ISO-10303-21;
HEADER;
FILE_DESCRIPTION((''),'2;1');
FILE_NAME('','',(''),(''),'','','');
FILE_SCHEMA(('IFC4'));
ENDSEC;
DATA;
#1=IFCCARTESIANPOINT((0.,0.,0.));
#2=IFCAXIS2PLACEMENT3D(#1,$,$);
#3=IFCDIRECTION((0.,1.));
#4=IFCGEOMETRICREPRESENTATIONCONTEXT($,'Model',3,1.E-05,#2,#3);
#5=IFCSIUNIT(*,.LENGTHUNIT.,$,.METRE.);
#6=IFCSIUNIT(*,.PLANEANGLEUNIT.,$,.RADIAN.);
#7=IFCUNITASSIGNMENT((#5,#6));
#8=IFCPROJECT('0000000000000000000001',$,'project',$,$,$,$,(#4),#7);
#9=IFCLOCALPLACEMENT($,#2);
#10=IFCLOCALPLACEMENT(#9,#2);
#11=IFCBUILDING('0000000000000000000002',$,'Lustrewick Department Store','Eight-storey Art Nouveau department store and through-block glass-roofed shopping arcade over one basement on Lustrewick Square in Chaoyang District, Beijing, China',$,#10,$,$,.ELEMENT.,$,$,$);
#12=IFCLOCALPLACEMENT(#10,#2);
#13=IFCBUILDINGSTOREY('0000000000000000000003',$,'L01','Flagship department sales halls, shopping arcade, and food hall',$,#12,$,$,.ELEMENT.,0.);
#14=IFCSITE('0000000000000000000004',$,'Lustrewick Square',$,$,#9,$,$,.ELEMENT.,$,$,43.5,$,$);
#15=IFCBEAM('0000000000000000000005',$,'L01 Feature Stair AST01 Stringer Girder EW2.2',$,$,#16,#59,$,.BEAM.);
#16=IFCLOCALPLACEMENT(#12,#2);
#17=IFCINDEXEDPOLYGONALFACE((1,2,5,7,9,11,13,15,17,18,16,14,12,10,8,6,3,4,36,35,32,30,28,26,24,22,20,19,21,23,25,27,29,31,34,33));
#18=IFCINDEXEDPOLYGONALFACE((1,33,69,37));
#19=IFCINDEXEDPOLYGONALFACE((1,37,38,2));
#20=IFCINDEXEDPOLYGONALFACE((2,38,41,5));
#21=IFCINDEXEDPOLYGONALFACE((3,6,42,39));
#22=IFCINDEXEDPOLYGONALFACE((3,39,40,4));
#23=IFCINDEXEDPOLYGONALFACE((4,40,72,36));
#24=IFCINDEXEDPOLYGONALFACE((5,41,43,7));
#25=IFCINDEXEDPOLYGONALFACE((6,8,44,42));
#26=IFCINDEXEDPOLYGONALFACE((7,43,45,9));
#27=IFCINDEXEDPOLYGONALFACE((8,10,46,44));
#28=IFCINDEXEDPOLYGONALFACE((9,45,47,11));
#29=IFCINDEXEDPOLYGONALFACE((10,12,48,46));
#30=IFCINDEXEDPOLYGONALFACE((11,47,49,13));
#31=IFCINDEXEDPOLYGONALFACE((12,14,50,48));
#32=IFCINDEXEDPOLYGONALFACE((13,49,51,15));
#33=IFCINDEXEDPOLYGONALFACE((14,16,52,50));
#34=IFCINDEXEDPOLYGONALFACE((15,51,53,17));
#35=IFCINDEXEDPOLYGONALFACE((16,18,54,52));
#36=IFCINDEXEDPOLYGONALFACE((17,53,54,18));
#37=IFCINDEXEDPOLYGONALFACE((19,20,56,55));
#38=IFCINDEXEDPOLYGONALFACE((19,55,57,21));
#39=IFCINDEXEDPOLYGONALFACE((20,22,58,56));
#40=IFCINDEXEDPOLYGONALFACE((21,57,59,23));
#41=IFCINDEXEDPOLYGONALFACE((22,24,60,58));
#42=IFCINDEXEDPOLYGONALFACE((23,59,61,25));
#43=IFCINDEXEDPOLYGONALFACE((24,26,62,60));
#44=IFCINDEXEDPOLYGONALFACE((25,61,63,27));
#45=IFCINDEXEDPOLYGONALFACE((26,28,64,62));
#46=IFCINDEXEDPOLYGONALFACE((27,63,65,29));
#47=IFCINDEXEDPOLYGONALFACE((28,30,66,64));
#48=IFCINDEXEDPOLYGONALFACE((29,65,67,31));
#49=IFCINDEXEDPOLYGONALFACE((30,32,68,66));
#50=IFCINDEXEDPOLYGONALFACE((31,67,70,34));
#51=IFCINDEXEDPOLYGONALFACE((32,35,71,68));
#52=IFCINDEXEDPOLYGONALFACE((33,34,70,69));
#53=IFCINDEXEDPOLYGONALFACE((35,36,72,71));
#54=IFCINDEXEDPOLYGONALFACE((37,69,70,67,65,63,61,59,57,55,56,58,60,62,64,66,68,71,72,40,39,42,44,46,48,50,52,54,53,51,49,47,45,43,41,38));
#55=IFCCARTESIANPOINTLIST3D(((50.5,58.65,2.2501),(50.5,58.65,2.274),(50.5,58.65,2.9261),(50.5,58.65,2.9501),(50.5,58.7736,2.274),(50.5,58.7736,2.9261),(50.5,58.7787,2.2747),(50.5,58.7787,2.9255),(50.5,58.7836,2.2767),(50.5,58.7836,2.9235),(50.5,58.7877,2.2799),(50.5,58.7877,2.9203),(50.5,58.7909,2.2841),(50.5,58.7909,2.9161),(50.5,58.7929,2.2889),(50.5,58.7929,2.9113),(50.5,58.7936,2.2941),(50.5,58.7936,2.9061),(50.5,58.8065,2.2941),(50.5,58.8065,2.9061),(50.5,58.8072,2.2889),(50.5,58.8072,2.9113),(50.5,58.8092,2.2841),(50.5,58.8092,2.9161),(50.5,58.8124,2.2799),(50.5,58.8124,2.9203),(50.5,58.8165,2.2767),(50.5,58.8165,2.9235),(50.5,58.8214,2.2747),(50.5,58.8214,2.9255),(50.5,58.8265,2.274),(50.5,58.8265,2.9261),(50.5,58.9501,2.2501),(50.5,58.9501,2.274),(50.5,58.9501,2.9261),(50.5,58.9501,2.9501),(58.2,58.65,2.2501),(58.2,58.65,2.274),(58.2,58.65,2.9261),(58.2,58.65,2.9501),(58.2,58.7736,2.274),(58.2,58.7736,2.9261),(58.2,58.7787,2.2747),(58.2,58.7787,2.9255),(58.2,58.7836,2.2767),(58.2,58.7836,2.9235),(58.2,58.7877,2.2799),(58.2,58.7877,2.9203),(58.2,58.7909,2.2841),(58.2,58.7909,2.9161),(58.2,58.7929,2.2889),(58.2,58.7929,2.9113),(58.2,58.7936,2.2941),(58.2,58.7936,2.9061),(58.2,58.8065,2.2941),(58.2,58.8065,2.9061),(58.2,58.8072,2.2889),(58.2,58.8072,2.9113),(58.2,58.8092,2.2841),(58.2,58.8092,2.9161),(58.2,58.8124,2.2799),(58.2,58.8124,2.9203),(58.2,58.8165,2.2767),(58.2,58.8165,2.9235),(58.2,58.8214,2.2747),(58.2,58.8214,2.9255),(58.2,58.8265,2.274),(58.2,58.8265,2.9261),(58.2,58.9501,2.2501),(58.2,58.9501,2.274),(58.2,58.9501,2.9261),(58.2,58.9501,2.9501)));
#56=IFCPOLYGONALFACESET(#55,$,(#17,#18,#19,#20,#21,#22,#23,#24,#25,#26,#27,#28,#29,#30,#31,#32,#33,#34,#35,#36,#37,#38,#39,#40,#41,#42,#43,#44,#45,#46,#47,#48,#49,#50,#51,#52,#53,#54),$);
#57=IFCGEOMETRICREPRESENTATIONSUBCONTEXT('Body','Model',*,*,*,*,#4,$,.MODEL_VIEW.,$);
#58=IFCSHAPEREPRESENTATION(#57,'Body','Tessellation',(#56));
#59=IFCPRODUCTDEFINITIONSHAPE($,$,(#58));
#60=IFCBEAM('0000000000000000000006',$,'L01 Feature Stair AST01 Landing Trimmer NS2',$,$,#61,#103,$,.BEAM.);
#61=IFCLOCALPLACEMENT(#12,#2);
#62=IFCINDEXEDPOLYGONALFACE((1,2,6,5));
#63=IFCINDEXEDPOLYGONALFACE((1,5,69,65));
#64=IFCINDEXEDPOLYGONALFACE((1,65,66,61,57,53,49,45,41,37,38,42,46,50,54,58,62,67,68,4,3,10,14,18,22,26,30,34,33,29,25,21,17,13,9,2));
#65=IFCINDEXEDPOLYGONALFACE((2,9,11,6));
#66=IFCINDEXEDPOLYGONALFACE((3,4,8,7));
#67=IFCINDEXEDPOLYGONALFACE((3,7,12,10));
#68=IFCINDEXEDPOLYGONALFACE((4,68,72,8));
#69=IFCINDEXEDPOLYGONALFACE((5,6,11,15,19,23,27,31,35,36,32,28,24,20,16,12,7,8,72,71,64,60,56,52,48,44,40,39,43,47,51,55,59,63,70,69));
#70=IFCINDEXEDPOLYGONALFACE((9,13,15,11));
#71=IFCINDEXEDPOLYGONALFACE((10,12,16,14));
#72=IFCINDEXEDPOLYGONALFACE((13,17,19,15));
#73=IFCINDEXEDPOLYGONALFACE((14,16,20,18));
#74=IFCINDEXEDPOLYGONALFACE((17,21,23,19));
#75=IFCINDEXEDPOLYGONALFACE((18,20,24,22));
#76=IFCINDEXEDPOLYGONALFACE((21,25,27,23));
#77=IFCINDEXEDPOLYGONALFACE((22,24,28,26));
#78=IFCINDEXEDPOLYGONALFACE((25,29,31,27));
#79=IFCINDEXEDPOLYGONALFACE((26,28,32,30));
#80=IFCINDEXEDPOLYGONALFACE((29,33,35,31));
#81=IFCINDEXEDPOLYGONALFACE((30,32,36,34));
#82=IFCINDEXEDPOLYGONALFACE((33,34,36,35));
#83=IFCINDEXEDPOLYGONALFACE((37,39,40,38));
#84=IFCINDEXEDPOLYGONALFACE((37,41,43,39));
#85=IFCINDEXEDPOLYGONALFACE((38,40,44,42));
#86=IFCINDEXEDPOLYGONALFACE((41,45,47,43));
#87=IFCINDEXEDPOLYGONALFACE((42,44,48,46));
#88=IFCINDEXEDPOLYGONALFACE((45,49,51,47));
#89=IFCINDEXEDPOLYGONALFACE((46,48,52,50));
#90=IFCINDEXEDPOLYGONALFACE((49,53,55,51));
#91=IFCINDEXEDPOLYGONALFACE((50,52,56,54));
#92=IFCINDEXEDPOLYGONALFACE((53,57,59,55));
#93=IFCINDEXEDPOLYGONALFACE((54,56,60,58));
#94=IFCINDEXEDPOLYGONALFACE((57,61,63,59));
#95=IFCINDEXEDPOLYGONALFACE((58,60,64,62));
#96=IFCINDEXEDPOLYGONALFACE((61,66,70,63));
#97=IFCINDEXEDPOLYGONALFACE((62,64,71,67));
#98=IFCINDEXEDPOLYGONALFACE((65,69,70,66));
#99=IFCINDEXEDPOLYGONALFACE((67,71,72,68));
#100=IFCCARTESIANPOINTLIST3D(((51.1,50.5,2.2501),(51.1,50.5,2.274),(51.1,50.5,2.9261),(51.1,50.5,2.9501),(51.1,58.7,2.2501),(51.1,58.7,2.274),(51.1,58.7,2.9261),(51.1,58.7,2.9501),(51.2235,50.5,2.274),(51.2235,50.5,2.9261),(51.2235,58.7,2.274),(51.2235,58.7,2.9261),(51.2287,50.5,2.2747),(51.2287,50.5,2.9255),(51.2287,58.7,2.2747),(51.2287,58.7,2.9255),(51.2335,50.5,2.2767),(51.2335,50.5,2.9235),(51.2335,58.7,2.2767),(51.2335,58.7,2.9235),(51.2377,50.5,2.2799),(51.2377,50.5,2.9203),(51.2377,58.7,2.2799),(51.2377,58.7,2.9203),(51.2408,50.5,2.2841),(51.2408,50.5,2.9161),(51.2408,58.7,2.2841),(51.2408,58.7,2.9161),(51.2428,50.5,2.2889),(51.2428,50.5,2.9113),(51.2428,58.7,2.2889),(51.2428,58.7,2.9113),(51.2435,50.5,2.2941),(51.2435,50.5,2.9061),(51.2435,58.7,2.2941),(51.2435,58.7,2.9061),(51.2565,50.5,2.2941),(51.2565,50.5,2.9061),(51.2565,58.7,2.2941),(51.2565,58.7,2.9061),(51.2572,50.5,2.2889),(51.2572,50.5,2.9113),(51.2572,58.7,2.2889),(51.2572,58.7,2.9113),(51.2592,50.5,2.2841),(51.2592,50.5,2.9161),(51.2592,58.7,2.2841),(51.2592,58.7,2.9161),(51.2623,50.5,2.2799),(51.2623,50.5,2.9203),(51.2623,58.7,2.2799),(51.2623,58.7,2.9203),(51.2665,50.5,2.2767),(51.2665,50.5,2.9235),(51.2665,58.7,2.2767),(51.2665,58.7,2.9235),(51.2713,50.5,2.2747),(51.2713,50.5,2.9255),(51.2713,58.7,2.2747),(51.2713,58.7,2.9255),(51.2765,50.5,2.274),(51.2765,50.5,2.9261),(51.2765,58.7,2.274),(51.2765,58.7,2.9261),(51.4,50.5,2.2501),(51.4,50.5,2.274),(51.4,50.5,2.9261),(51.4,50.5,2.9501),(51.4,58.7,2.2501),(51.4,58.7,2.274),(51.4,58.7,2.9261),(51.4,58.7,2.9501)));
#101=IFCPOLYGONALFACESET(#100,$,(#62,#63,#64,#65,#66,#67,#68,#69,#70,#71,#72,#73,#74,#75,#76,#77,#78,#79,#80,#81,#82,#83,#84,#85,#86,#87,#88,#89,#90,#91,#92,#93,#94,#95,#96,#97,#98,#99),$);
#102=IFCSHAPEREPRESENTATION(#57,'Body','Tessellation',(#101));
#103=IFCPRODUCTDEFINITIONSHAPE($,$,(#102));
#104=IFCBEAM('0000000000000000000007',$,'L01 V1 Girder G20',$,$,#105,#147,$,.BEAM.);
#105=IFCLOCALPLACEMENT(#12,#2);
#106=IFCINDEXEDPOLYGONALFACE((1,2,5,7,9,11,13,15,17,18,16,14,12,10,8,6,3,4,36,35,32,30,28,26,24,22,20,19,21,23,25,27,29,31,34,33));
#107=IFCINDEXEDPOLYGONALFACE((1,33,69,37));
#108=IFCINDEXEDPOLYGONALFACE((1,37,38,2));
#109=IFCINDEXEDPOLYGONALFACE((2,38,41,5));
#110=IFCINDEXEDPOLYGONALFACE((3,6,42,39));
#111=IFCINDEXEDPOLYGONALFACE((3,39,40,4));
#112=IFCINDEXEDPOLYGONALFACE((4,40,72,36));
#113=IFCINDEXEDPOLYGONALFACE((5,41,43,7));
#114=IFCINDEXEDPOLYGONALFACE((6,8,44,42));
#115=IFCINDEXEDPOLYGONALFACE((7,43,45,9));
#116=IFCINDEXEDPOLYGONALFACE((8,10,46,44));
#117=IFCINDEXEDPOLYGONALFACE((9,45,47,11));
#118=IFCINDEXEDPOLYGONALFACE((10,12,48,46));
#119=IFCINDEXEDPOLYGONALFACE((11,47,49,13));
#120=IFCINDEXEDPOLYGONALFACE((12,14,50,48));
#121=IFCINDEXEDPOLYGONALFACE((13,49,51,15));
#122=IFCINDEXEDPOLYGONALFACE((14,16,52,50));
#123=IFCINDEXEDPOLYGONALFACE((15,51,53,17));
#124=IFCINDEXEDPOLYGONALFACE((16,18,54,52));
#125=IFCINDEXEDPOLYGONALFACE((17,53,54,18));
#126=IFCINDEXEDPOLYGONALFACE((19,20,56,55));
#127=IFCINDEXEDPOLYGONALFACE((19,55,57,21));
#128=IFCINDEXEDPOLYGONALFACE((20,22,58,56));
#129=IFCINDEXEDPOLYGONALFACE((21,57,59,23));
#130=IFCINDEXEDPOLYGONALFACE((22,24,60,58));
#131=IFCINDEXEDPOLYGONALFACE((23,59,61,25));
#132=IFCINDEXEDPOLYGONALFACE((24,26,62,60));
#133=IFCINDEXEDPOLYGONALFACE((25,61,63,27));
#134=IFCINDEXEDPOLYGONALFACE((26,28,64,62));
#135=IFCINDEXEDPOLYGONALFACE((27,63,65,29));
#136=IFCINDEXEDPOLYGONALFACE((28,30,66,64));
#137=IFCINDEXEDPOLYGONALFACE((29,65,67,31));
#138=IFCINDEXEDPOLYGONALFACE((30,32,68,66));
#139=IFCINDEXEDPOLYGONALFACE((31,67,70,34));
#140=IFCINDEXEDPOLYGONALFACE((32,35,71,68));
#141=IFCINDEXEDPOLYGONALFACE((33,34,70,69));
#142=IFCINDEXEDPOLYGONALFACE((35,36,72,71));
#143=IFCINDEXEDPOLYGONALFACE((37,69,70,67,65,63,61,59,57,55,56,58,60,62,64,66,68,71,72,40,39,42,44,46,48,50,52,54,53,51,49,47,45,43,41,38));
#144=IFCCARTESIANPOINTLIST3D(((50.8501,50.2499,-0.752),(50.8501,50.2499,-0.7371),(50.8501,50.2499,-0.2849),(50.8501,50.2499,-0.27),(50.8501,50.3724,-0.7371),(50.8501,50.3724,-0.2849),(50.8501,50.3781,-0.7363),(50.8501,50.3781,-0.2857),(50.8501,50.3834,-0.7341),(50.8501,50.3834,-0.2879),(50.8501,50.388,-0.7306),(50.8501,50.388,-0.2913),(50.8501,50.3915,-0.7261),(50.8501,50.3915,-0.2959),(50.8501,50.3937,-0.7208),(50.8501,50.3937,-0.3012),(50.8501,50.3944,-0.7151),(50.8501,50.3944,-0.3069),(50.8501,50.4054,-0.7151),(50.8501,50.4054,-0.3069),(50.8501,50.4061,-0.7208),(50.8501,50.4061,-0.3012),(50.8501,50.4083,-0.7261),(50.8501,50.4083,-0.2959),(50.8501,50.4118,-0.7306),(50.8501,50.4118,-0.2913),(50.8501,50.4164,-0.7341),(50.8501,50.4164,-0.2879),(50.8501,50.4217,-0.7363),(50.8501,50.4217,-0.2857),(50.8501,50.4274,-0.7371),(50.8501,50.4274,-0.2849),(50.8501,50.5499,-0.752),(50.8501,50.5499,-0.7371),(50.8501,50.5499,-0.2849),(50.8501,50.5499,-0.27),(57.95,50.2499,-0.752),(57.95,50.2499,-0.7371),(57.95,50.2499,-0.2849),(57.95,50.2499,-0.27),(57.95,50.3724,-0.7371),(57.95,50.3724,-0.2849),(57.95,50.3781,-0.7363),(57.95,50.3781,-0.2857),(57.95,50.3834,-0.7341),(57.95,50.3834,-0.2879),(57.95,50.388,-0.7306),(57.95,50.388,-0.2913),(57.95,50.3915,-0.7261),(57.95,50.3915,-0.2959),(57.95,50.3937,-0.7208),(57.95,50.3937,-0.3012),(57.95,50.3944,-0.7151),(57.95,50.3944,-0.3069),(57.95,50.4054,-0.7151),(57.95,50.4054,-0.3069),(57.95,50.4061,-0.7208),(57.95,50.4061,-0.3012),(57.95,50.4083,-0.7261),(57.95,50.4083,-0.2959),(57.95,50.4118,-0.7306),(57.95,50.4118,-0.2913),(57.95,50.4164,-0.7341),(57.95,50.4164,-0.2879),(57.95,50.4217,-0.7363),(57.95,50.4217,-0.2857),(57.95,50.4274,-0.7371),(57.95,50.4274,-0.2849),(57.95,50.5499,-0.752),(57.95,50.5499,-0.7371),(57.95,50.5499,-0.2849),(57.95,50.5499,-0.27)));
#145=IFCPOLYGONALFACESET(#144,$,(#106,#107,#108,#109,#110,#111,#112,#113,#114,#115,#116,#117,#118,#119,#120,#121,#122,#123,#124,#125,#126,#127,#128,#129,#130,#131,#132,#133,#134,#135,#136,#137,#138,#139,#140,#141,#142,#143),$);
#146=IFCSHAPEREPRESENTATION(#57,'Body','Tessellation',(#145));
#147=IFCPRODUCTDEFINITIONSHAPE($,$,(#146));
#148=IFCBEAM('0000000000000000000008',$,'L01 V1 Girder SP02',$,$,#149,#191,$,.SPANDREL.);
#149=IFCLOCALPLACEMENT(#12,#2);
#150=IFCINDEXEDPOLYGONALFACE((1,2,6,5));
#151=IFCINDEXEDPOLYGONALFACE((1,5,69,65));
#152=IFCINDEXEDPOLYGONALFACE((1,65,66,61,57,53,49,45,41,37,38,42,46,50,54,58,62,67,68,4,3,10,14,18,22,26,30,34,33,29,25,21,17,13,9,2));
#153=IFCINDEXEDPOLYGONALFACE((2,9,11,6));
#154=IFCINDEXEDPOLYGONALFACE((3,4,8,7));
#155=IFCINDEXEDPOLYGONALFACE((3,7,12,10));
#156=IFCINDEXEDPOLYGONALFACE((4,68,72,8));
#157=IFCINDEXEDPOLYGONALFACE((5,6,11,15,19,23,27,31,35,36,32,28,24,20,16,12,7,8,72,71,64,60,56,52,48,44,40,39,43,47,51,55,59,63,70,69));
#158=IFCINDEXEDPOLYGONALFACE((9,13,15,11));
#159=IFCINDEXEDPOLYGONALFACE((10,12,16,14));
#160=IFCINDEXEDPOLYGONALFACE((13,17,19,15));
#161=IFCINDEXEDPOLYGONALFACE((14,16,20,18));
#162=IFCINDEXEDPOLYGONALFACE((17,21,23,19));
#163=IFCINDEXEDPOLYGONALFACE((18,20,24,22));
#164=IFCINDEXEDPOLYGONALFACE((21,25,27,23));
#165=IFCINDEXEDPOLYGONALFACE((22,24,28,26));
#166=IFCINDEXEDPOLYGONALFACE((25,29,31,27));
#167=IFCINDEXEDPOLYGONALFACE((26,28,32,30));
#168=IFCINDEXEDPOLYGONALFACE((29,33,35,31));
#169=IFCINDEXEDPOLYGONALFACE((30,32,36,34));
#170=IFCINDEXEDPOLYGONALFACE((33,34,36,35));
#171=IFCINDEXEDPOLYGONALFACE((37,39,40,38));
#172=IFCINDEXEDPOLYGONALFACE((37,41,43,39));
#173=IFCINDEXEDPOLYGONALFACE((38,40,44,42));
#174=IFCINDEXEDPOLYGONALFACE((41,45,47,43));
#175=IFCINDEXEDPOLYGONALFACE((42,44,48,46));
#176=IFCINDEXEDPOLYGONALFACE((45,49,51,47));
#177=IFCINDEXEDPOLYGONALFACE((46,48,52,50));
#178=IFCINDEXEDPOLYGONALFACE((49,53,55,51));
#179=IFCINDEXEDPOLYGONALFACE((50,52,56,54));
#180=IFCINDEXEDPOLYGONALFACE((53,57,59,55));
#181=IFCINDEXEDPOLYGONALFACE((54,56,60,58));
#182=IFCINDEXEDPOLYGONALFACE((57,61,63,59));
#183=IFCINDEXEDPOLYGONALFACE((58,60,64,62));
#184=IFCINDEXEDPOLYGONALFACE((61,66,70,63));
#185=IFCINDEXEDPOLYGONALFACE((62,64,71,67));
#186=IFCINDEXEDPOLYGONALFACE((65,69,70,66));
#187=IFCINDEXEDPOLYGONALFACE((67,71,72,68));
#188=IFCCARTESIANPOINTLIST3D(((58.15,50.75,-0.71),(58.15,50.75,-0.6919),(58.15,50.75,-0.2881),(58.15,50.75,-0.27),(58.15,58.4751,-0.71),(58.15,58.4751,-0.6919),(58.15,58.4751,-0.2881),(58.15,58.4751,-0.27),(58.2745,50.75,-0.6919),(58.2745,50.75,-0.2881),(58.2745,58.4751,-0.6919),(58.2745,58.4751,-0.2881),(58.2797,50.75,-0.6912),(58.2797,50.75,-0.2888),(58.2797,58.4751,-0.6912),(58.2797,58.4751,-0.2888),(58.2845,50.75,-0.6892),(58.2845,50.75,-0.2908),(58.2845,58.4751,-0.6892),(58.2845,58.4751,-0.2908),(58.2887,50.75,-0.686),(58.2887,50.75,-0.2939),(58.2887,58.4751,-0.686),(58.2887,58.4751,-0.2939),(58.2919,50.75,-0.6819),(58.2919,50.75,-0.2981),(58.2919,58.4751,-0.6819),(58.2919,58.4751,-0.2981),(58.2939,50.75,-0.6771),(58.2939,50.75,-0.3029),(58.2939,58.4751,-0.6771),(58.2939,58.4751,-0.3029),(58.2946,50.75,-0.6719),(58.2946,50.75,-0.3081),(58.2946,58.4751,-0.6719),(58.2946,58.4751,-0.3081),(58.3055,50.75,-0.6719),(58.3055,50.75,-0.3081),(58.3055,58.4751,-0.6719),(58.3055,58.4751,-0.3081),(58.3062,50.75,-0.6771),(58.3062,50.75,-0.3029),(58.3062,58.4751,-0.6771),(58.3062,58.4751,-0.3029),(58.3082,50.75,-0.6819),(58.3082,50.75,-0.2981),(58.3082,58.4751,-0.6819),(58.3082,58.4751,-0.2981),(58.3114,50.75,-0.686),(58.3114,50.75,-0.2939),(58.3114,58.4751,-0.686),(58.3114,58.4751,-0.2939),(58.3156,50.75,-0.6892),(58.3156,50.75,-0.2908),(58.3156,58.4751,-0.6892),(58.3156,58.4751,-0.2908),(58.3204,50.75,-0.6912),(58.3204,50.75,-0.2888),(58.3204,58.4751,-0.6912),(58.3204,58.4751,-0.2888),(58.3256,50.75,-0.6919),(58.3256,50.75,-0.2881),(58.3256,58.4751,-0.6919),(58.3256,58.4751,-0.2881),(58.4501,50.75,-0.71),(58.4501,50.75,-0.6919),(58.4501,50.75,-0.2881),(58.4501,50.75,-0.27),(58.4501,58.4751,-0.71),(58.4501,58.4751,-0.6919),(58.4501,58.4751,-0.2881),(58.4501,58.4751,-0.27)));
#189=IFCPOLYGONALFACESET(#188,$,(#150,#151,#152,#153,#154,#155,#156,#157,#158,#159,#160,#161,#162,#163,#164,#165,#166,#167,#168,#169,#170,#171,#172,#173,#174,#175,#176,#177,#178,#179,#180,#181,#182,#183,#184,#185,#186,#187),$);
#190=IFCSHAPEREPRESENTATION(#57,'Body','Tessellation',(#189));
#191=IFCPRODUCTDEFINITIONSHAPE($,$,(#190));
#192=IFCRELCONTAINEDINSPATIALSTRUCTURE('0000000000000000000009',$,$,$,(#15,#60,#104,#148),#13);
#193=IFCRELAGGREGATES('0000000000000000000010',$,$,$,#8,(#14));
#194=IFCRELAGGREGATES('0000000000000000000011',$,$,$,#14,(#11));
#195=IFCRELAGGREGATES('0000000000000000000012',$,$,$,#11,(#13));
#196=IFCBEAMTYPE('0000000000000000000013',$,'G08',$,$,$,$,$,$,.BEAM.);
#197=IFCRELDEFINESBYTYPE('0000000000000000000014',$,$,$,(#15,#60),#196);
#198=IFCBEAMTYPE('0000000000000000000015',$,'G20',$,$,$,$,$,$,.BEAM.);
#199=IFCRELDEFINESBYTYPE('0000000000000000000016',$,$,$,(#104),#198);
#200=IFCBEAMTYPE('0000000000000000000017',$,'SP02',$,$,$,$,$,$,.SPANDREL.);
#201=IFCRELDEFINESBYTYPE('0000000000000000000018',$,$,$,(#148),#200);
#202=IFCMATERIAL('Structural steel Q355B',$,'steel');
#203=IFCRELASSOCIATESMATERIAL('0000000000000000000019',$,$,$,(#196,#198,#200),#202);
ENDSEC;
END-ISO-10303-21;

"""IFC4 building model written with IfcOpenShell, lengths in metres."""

from ifc_helpers import new_model, si_unit, direction, frame, origin, origin_2d, place, context, subcontext, project, spatial, i_section, extrude, material, material_profile, profile_set, type_object, element, save


model = new_model("IFC4")

# Units and contexts
model_context = context("Model", 3, precision=1e-05, world=origin(), true_north=direction((0.0, 1.0)))
body_context = subcontext(model_context, "Body", "Model", "MODEL_VIEW")
ifc_project = project(units=[si_unit("LENGTHUNIT", "METRE"), si_unit("PLANEANGLEUNIT", "RADIAN")], contexts=[model_context])

# Site, building, storey
site_placement = place(None, origin())
site = spatial("IfcSite", under=ifc_project, at=site_placement, Name="Lustrewick Square", CompositionType="ELEMENT", RefElevation=43.5)
building_placement = place(site_placement, origin())
building = spatial("IfcBuilding", under=site, at=building_placement, Name="Lustrewick Department Store", Description="Eight-storey Art Nouveau department store and through-block glass-roofed shopping arcade over one basement on Lustrewick Square in Chaoyang District, Beijing, China", CompositionType="ELEMENT")
storey_placement = place(building_placement, origin())
storey = spatial("IfcBuildingStorey", under=building, at=storey_placement, Name="L01", Description="Flagship department sales halls, shopping arcade, and food hall", CompositionType="ELEMENT", Elevation=0.0)

# Beams
ifc_material_1 = material(Name="Structural steel Q355B", Category="steel")
ifc_material_profile_1 = material_profile(ifc_material_1, i_section(OverallWidth=0.3, OverallDepth=0.7, WebThickness=0.0129, FlangeThickness=0.0239, FilletRadius=0.02, at=origin_2d()), Name="HN 700x300x13x24")
ifc_profile_set_1 = profile_set([ifc_material_profile_1], Name="Structural steel Q355B")
beam_type_1 = type_object("IfcBeamType", Name="G08", PredefinedType="BEAM", material=ifc_profile_set_1)
for number, where, z_axis, x_axis, name in (
    (1, (50.5, 58.8, 2.6001), (1.0, 0.0, 0.0), (0.0, 1.0, 0.0), "L01 Feature Stair AST01 Stringer Girder EW2.2"),
):
    element("IfcBeam", number, at=place(storey_placement, frame(where, z_axis=z_axis, x_axis=x_axis)), inside=storey, type_object=beam_type_1, Name=name, PredefinedType="BEAM", context=body_context, shape_type="SweptSolid", body=[
        extrude(i_section(OverallWidth=0.3, OverallDepth=0.7, WebThickness=0.0129, FlangeThickness=0.0239, FilletRadius=0.02, at=origin_2d()), origin(), (0.0, 0.0, 1.0), 7.7),
    ])
beam_1_placement = place(storey_placement, frame((51.25, 50.5, 2.6001), z_axis=(0.0, 1.0, 0.0), x_axis=(-1.0, 0.0, 0.0)))
element("IfcBeam", 2, at=beam_1_placement, inside=storey, type_object=beam_type_1, Name="L01 Feature Stair AST01 Landing Trimmer NS2", PredefinedType="BEAM", context=body_context, shape_type="SweptSolid", body=[
    extrude(i_section(OverallWidth=0.3, OverallDepth=0.7, WebThickness=0.0129, FlangeThickness=0.0239, FilletRadius=0.02, at=origin_2d()), origin(), (0.0, 0.0, 1.0), 8.2),
])
ifc_material_profile_2 = material_profile(ifc_material_1, i_section(OverallWidth=0.3, OverallDepth=0.4819, WebThickness=0.011, FlangeThickness=0.0149, FilletRadius=0.022, at=origin_2d()), Name="HM 482x300x11x15")
ifc_profile_set_2 = profile_set([ifc_material_profile_2], Name="Structural steel Q355B")
beam_type_2 = type_object("IfcBeamType", Name="G20", PredefinedType="BEAM", material=ifc_profile_set_2)
beam_2_placement = place(storey_placement, frame((50.8501, 50.3999, -0.511), z_axis=(1.0, 0.0, 0.0), x_axis=(0.0, 1.0, 0.0)))
element("IfcBeam", 3, at=beam_2_placement, inside=storey, type_object=beam_type_2, Name="L01 V1 Girder G20", PredefinedType="BEAM", context=body_context, shape_type="SweptSolid", body=[
    extrude(i_section(OverallWidth=0.3, OverallDepth=0.4819, WebThickness=0.011, FlangeThickness=0.0149, FilletRadius=0.022, at=origin_2d()), origin(), (0.0, 0.0, 1.0), 7.0999),
])
ifc_material_profile_3 = material_profile(ifc_material_1, i_section(OverallWidth=0.3, OverallDepth=0.4399, WebThickness=0.011, FlangeThickness=0.0181, FilletRadius=0.02, at=origin_2d()), Name="HM 440x300x11x18")
ifc_profile_set_3 = profile_set([ifc_material_profile_3], Name="Structural steel Q355B")
beam_type_3 = type_object("IfcBeamType", Name="SP02", PredefinedType="SPANDREL", material=ifc_profile_set_3)
beam_3_placement = place(storey_placement, frame((58.3, 50.75, -0.49), z_axis=(0.0, 1.0, 0.0), x_axis=(-1.0, 0.0, 0.0)))
element("IfcBeam", 4, at=beam_3_placement, inside=storey, type_object=beam_type_3, Name="L01 V1 Girder SP02", PredefinedType="SPANDREL", context=body_context, shape_type="SweptSolid", body=[
    extrude(i_section(OverallWidth=0.3, OverallDepth=0.4399, WebThickness=0.011, FlangeThickness=0.0181, FilletRadius=0.02, at=origin_2d()), origin(), (0.0, 0.0, 1.0), 7.7251),
])

save(model, "model.ifc")
